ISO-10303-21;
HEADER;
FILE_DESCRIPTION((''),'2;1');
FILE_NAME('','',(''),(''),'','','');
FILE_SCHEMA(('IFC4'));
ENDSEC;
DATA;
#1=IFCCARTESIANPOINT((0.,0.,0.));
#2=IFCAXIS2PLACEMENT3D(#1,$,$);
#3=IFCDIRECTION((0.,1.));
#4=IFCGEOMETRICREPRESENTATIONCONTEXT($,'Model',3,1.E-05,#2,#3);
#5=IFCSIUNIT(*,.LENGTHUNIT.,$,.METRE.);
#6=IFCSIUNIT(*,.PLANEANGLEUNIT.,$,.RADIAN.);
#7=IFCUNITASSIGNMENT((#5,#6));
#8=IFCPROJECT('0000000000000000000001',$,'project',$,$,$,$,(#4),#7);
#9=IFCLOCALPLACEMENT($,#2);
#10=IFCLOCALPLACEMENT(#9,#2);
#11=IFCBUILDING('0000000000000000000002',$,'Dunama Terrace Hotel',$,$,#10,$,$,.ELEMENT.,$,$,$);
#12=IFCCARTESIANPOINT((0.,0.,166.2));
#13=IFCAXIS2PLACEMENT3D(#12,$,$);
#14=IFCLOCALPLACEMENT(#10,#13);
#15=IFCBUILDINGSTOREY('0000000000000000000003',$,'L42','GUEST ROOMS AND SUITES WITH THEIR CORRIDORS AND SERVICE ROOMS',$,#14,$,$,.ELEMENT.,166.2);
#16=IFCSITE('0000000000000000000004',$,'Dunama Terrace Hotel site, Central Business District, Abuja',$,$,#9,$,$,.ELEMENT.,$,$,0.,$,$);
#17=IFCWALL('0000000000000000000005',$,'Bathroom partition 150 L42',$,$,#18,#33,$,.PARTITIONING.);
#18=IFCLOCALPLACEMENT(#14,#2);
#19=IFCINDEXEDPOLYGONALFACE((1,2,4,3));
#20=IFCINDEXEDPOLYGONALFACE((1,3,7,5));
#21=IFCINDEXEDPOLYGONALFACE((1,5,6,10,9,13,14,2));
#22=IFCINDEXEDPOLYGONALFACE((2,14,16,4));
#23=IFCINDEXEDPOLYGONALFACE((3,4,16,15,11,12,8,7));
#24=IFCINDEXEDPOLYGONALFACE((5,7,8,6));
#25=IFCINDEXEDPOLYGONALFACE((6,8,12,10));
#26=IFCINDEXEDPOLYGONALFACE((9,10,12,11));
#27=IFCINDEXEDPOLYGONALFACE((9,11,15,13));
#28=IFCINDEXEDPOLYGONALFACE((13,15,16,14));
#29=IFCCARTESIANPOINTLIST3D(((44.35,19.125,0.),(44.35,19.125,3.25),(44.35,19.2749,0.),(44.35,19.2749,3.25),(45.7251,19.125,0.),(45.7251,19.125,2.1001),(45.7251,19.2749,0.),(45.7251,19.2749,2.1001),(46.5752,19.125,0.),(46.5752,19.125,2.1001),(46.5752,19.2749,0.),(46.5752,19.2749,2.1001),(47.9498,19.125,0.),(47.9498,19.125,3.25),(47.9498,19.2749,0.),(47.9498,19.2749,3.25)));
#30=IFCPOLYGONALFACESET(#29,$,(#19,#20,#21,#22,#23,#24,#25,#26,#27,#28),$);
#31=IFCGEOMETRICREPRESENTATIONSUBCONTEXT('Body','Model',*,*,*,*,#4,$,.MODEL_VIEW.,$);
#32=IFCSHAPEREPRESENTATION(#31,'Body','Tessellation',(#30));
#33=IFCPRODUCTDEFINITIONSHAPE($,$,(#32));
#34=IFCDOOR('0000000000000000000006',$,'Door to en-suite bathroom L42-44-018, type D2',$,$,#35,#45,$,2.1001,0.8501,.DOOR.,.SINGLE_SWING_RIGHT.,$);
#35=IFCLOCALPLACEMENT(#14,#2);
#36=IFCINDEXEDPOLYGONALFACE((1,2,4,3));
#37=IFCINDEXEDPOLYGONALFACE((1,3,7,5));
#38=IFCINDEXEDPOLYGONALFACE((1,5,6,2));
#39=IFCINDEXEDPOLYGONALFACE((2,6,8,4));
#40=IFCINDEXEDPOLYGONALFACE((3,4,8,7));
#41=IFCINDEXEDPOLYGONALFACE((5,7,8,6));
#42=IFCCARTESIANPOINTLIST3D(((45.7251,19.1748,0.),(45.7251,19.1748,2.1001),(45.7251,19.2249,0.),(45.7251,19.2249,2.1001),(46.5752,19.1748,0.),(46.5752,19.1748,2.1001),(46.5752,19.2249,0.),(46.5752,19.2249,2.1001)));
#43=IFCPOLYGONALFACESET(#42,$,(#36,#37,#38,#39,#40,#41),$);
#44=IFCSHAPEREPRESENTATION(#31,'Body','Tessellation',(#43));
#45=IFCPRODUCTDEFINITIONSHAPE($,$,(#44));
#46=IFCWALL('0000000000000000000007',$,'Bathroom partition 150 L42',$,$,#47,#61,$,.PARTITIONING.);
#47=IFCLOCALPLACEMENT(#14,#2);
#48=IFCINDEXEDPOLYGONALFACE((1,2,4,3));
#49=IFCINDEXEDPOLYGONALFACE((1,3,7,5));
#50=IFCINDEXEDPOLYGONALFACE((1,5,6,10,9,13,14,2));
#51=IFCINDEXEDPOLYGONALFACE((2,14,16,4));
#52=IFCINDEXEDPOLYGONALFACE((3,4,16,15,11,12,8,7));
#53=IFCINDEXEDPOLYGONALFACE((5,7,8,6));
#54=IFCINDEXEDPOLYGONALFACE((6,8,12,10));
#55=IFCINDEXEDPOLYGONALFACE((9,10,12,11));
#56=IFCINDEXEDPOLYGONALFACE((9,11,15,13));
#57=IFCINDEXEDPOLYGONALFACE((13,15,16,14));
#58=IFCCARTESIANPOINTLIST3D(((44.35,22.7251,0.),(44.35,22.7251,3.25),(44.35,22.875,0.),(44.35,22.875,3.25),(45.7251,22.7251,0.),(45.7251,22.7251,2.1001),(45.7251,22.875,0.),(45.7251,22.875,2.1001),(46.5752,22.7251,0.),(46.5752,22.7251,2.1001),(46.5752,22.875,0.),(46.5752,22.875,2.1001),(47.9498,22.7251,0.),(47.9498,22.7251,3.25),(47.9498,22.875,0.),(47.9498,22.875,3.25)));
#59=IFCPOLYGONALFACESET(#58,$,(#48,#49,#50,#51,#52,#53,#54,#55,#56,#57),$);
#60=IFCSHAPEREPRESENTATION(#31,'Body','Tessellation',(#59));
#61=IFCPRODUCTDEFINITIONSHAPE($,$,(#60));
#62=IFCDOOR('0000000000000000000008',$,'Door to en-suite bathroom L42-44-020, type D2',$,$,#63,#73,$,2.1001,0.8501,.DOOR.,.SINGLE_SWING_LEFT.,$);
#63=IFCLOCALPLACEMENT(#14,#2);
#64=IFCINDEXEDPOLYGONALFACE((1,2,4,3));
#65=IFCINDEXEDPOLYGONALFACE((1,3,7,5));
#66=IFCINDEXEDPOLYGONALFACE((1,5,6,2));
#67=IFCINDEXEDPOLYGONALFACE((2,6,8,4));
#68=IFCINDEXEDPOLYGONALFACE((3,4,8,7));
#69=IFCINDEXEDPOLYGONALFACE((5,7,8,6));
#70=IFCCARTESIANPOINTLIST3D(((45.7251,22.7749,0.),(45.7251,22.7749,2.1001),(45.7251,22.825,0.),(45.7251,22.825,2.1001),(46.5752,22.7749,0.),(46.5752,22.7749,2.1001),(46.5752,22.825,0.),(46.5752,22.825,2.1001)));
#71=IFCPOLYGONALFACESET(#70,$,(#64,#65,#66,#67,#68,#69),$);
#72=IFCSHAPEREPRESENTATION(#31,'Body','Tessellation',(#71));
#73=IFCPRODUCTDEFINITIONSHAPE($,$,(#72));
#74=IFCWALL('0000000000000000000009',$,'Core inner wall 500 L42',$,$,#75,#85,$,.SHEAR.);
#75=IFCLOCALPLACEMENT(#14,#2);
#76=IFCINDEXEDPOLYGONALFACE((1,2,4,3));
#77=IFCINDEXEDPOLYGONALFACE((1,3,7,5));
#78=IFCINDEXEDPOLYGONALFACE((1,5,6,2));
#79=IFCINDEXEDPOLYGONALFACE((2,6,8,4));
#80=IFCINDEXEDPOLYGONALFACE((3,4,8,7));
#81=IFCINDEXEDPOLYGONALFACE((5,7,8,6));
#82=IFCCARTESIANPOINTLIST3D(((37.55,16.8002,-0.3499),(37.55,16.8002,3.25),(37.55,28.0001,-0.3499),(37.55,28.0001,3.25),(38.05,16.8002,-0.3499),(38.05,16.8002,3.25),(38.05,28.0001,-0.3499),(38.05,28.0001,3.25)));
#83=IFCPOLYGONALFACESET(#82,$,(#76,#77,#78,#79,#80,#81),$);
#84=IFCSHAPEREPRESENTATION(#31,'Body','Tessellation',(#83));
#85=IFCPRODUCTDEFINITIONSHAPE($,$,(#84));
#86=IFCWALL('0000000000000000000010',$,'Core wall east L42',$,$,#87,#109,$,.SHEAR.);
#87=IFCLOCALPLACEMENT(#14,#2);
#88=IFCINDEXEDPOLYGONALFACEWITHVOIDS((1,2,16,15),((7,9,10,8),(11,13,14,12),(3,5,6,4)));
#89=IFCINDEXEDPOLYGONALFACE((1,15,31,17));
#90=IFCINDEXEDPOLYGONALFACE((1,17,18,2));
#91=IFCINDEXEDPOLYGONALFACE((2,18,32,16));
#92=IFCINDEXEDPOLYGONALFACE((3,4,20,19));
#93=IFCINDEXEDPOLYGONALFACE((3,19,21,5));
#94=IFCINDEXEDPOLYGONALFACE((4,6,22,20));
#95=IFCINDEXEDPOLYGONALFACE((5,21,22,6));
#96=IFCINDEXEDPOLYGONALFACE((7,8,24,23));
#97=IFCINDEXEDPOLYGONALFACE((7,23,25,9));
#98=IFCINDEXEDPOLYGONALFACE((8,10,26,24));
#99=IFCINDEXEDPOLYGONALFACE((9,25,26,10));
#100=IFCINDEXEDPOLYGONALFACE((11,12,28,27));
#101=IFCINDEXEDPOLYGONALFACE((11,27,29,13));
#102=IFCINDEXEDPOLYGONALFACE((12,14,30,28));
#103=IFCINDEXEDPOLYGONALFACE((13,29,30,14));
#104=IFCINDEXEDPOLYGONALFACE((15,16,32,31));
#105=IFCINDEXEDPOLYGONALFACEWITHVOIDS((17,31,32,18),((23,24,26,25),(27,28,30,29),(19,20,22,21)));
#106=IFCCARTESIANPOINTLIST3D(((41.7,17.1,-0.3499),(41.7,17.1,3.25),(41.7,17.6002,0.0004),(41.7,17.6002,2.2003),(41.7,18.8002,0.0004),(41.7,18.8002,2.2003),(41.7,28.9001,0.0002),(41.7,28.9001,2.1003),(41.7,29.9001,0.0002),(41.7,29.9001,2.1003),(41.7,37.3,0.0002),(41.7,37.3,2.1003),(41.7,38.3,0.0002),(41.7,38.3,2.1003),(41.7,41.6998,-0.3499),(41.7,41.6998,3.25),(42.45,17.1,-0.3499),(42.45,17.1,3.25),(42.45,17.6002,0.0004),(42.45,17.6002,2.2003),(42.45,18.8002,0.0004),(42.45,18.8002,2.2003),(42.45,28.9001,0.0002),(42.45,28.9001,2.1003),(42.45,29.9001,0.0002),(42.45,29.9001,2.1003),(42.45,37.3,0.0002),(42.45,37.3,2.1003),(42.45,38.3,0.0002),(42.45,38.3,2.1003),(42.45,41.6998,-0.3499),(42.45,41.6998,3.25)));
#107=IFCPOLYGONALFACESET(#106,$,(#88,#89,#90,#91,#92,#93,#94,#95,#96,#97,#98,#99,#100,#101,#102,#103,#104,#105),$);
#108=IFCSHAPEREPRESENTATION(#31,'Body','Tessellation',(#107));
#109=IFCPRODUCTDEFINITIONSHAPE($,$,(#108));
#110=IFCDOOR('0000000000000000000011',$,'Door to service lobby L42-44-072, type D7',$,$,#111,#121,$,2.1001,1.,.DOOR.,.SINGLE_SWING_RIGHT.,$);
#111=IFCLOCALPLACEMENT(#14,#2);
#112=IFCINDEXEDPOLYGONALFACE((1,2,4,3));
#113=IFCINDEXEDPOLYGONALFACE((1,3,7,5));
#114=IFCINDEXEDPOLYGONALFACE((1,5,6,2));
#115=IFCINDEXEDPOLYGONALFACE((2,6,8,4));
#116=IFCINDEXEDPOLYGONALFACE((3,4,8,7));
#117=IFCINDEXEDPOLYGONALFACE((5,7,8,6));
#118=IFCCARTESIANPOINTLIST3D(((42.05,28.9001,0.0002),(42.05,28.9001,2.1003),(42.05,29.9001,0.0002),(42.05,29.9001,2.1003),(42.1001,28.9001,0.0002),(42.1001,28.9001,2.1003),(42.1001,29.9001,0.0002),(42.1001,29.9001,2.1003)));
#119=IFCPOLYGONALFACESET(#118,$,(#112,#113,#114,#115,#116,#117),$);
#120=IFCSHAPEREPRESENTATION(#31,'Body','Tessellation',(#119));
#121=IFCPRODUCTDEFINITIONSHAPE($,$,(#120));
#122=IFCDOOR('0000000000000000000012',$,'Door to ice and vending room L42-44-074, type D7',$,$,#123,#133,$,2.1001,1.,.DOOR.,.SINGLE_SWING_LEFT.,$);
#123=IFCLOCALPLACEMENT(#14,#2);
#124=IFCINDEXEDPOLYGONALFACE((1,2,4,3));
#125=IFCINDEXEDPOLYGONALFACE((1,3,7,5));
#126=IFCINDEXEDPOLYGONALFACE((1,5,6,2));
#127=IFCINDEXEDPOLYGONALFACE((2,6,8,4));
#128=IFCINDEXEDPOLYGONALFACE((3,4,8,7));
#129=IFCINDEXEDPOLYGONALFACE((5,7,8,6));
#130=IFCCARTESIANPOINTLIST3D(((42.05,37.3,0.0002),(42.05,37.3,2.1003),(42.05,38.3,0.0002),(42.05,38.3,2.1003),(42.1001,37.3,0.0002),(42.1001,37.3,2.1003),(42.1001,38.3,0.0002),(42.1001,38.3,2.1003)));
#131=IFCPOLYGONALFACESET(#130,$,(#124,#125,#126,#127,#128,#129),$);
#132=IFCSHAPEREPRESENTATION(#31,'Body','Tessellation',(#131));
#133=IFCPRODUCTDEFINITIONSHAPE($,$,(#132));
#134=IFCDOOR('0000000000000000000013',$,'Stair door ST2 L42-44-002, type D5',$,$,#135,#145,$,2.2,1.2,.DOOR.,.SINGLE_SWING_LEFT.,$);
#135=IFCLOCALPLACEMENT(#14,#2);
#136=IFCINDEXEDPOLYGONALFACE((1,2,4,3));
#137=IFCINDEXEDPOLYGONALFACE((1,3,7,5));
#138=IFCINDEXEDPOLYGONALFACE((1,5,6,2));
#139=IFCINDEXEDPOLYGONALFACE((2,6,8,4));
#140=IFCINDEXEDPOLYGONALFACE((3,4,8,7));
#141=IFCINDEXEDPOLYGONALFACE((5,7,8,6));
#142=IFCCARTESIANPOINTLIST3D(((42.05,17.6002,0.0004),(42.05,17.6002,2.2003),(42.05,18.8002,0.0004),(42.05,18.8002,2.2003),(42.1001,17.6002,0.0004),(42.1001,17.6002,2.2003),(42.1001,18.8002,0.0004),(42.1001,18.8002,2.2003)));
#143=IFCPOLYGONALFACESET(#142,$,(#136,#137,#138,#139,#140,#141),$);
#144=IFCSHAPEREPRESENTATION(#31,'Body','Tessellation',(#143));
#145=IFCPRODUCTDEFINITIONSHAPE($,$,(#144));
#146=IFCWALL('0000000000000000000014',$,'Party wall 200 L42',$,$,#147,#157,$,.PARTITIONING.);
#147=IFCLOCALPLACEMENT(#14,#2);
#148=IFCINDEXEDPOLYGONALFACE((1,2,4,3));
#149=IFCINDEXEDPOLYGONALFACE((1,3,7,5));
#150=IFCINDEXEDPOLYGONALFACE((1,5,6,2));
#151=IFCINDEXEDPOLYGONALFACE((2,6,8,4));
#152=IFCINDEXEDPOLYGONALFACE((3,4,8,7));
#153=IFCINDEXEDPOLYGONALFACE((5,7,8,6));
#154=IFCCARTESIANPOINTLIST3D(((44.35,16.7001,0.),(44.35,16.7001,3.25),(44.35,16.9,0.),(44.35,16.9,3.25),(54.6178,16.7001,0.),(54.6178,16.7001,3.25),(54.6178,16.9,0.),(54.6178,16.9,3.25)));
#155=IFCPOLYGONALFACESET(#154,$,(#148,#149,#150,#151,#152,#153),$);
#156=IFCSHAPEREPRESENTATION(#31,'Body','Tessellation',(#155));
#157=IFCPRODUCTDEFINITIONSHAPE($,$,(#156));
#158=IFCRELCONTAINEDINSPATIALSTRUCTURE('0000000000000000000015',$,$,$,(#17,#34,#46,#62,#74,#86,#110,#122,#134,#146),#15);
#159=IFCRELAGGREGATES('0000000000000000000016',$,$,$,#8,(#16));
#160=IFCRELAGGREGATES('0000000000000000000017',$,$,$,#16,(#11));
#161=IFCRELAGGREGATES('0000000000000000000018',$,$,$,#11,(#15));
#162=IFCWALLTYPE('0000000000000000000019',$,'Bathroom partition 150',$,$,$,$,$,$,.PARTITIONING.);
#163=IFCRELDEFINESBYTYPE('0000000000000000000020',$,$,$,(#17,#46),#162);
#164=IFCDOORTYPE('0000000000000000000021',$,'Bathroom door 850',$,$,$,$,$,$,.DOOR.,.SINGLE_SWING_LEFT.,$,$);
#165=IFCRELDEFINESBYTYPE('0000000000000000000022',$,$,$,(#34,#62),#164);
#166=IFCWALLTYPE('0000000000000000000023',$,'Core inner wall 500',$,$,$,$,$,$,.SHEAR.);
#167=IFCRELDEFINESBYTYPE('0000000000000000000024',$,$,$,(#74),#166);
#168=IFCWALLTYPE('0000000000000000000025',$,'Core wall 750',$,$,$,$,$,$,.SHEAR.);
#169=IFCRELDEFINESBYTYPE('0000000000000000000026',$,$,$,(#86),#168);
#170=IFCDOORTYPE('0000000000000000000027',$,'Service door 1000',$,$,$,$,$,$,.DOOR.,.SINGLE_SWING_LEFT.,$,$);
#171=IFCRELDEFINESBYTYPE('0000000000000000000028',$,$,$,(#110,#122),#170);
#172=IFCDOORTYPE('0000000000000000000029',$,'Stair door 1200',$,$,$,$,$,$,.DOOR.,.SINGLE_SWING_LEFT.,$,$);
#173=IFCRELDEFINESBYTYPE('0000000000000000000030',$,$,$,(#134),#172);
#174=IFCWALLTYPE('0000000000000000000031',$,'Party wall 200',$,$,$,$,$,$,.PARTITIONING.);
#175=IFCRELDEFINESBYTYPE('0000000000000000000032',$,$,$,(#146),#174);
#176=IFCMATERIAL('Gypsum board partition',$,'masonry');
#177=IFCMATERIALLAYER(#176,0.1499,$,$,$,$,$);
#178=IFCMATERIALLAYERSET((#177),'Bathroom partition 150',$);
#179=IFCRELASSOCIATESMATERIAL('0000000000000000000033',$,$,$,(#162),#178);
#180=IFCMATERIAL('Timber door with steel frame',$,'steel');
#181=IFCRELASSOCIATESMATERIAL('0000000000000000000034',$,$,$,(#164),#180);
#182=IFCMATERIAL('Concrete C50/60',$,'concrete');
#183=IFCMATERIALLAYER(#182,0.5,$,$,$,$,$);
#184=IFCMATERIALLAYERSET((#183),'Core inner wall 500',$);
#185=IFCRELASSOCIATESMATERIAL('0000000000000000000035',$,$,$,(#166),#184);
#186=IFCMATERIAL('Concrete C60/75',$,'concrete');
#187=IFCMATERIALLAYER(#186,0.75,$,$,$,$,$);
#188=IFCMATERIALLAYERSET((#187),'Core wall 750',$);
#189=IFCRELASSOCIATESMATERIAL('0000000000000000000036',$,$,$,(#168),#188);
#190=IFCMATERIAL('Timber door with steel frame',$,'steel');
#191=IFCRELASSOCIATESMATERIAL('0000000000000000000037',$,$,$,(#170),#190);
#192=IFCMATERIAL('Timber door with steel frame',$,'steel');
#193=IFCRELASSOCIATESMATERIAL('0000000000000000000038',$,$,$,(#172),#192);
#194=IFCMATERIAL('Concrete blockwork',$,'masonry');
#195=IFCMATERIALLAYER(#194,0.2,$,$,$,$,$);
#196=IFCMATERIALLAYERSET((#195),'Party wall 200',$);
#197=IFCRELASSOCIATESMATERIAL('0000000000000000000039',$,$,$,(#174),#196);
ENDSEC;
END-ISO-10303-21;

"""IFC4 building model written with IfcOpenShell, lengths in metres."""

from ifc_helpers import new_model, si_unit, direction, frame, frame_2d, origin, place, context, subcontext, project, spatial, rectangle, extrude, material, layer, layer_set, type_object, element, fill, save


model = new_model("IFC4")

# Units and contexts
model_context = context("Model", 3, precision=1e-05, world=origin(), true_north=direction((0.0, 1.0)))
body_context = subcontext(model_context, "Body", "Model", "MODEL_VIEW")
ifc_project = project(units=[si_unit("LENGTHUNIT", "METRE"), si_unit("PLANEANGLEUNIT", "RADIAN")], contexts=[model_context])

# Site, building, storey
site_placement = place(None, origin())
site = spatial("IfcSite", under=ifc_project, at=site_placement, Name="Dunama Terrace Hotel site, Central Business District, Abuja", CompositionType="ELEMENT", RefElevation=0.0)
building_placement = place(site_placement, origin())
building = spatial("IfcBuilding", under=site, at=building_placement, Name="Dunama Terrace Hotel", CompositionType="ELEMENT")
storey_placement = place(building_placement, frame((0.0, 0.0, 166.2)))
storey = spatial("IfcBuildingStorey", under=building, at=storey_placement, Name="L42", Description="GUEST ROOMS AND SUITES WITH THEIR CORRIDORS AND SERVICE ROOMS", CompositionType="ELEMENT", Elevation=166.2)

# Walls, openings, doors
ifc_material_1 = material(Name="Gypsum board partition", Category="masonry")
ifc_layer_1 = layer(ifc_material_1, 0.1499)
ifc_layer_set_1 = layer_set([ifc_layer_1], Name="Bathroom partition 150")
wall_type_1 = type_object("IfcWallType", Name="Bathroom partition 150", PredefinedType="PARTITIONING", material=ifc_layer_set_1)
wall_1_placement = place(storey_placement, frame((44.3501, 19.2, 0.0), z_axis=(0.0, 0.0, 1.0), x_axis=(1.0, 0.0, 0.0)))
wall_1 = element("IfcWall", 1, at=wall_1_placement, inside=storey, type_object=wall_type_1, Name="Bathroom partition 150 L42", PredefinedType="PARTITIONING", context=body_context, shape_type="SweptSolid", body=[
    extrude(rectangle(XDim=3.5999, YDim=0.1499, at=frame_2d((1.7998, 0.0))), origin(), (0.0, 0.0, 1.0), 3.25),
])
opening_1_placement = place(wall_1_placement, frame((1.375, 0.0, 0.0)))
opening_1 = element("IfcOpeningElement", 2, at=opening_1_placement, cuts=wall_1, PredefinedType="OPENING", context=body_context, shape_type="SweptSolid", body=[
    extrude(rectangle(XDim=0.8501, YDim=2.1001, at=frame_2d((0.425, 1.05))), frame((0.0, 0.085, 0.0), z_axis=(0.0, -1.0, 0.0), x_axis=(1.0, 0.0, 0.0)), (0.0, 0.0, 1.0), 0.1699),
])
ifc_material_2 = material(Name="Timber door with steel frame", Category="steel")
door_type_1 = type_object("IfcDoorType", Name="Bathroom door 850", OperationType="SINGLE_SWING_LEFT", PredefinedType="DOOR", material=ifc_material_2)
door_1_placement = place(opening_1_placement, frame((0.8501, 0.0, 0.0), z_axis=(0.0, 0.0, 1.0), x_axis=(-1.0, 0.0, 0.0)))
door_1 = element("IfcDoor", 3, at=door_1_placement, inside=storey, type_object=door_type_1, Name="Door to en-suite bathroom L42-44-018, type D2", OperationType="SINGLE_SWING_RIGHT", OverallHeight=2.1001, OverallWidth=0.8501, PredefinedType="DOOR", context=body_context, shape_type="SweptSolid", body=[
    extrude(rectangle(XDim=0.8501, YDim=2.1001, at=frame_2d((0.425, 1.05))), frame((0.0, 0.0251, 0.0), z_axis=(0.0, -1.0, 0.0), x_axis=(1.0, 0.0, 0.0)), (0.0, 0.0, 1.0), 0.05),
])
fill(opening_1, door_1)
wall_2_placement = place(storey_placement, frame((44.3501, 22.8, 0.0), z_axis=(0.0, 0.0, 1.0), x_axis=(1.0, 0.0, 0.0)))
wall_2 = element("IfcWall", 4, at=wall_2_placement, inside=storey, type_object=wall_type_1, Name="Bathroom partition 150 L42", PredefinedType="PARTITIONING", context=body_context, shape_type="SweptSolid", body=[
    extrude(rectangle(XDim=3.5999, YDim=0.1499, at=frame_2d((1.7998, 0.0))), origin(), (0.0, 0.0, 1.0), 3.25),
])
opening_2_placement = place(wall_2_placement, frame((1.375, 0.0, 0.0)))
opening_2 = element("IfcOpeningElement", 5, at=opening_2_placement, cuts=wall_2, PredefinedType="OPENING", context=body_context, shape_type="SweptSolid", body=[
    extrude(rectangle(XDim=0.8501, YDim=2.1001, at=frame_2d((0.425, 1.05))), frame((0.0, 0.085, 0.0), z_axis=(0.0, -1.0, 0.0), x_axis=(1.0, 0.0, 0.0)), (0.0, 0.0, 1.0), 0.1699),
])
door_2_placement = place(opening_2_placement, origin())
door_2 = element("IfcDoor", 6, at=door_2_placement, inside=storey, type_object=door_type_1, Name="Door to en-suite bathroom L42-44-020, type D2", OperationType="SINGLE_SWING_LEFT", OverallHeight=2.1001, OverallWidth=0.8501, PredefinedType="DOOR", context=body_context, shape_type="SweptSolid", body=[
    extrude(rectangle(XDim=0.8501, YDim=2.1001, at=frame_2d((0.425, 1.05))), frame((0.0, 0.0249, 0.0), z_axis=(0.0, -1.0, 0.0), x_axis=(1.0, 0.0, 0.0)), (0.0, 0.0, 1.0), 0.05),
])
fill(opening_2, door_2)

# Wall
ifc_material_3 = material(Name="Concrete C50/60", Category="concrete")
ifc_layer_2 = layer(ifc_material_3, 0.5)
ifc_layer_set_2 = layer_set([ifc_layer_2], Name="Core inner wall 500")
wall_type_2 = type_object("IfcWallType", Name="Core inner wall 500", PredefinedType="SHEAR", material=ifc_layer_set_2)
wall_3_placement = place(storey_placement, frame((37.8, 16.8, -0.3499), z_axis=(0.0, 0.0, 1.0), x_axis=(0.0, 1.0, 0.0)))
element("IfcWall", 7, at=wall_3_placement, inside=storey, type_object=wall_type_2, Name="Core inner wall 500 L42", PredefinedType="SHEAR", context=body_context, shape_type="SweptSolid", body=[
    extrude(rectangle(XDim=11.2, YDim=0.5, at=frame_2d((5.6001, 0.0))), origin(), (0.0, 0.0, 1.0), 3.5999),
])

# Wall, openings, doors
ifc_material_4 = material(Name="Concrete C60/75", Category="concrete")
ifc_layer_3 = layer(ifc_material_4, 0.75)
ifc_layer_set_3 = layer_set([ifc_layer_3], Name="Core wall 750")
wall_type_3 = type_object("IfcWallType", Name="Core wall 750", PredefinedType="SHEAR", material=ifc_layer_set_3)
wall_4_placement = place(storey_placement, frame((42.075, 17.1001, -0.3499), z_axis=(0.0, 0.0, 1.0), x_axis=(0.0, 1.0, 0.0)))
wall_4 = element("IfcWall", 8, at=wall_4_placement, inside=storey, type_object=wall_type_3, Name="Core wall east L42", PredefinedType="SHEAR", context=body_context, shape_type="SweptSolid", body=[
    extrude(rectangle(XDim=24.5999, YDim=0.75, at=frame_2d((12.2998, 0.0))), origin(), (0.0, 0.0, 1.0), 3.5999),
])
opening_3_placement = place(wall_4_placement, frame((0.5, 0.0, 0.3501)))
opening_3 = element("IfcOpeningElement", 9, at=opening_3_placement, cuts=wall_4, PredefinedType="OPENING", context=body_context, shape_type="SweptSolid", body=[
    extrude(rectangle(XDim=1.2, YDim=2.2, at=frame_2d((0.6001, 1.1001))), frame((0.0, 0.385, 0.0), z_axis=(0.0, -1.0, 0.0), x_axis=(1.0, 0.0, 0.0)), (0.0, 0.0, 1.0), 0.77),
])
opening_4_placement = place(wall_4_placement, frame((11.8, 0.0, 0.3501)))
opening_4 = element("IfcOpeningElement", 10, at=opening_4_placement, cuts=wall_4, PredefinedType="OPENING", context=body_context, shape_type="SweptSolid", body=[
    extrude(rectangle(XDim=1.0, YDim=2.1001, at=frame_2d((0.5, 1.05))), frame((0.0, 0.385, 0.0), z_axis=(0.0, -1.0, 0.0), x_axis=(1.0, 0.0, 0.0)), (0.0, 0.0, 1.0), 0.77),
])
opening_5_placement = place(wall_4_placement, frame((20.2, 0.0, 0.3501)))
opening_5 = element("IfcOpeningElement", 11, at=opening_5_placement, cuts=wall_4, PredefinedType="OPENING", context=body_context, shape_type="SweptSolid", body=[
    extrude(rectangle(XDim=1.0, YDim=2.1001, at=frame_2d((0.5, 1.05))), frame((0.0, 0.385, 0.0), z_axis=(0.0, -1.0, 0.0), x_axis=(1.0, 0.0, 0.0)), (0.0, 0.0, 1.0), 0.77),
])
ifc_material_5 = material(Name="Timber door with steel frame", Category="steel")
door_type_2 = type_object("IfcDoorType", Name="Service door 1000", OperationType="SINGLE_SWING_LEFT", PredefinedType="DOOR", material=ifc_material_5)
door_3_placement = place(opening_4_placement, origin())
door_3 = element("IfcDoor", 12, at=door_3_placement, inside=storey, type_object=door_type_2, Name="Door to service lobby L42-44-072, type D7", OperationType="SINGLE_SWING_RIGHT", OverallHeight=2.1001, OverallWidth=1.0, PredefinedType="DOOR", context=body_context, shape_type="SweptSolid", body=[
    extrude(rectangle(XDim=1.0, YDim=2.1001, at=frame_2d((0.5, 1.05))), frame((0.0, 0.0249, 0.0), z_axis=(0.0, -1.0, 0.0), x_axis=(1.0, 0.0, 0.0)), (0.0, 0.0, 1.0), 0.05),
])
fill(opening_4, door_3)
door_4_placement = place(opening_5_placement, origin())
door_4 = element("IfcDoor", 13, at=door_4_placement, inside=storey, type_object=door_type_2, Name="Door to ice and vending room L42-44-074, type D7", OperationType="SINGLE_SWING_LEFT", OverallHeight=2.1001, OverallWidth=1.0, PredefinedType="DOOR", context=body_context, shape_type="SweptSolid", body=[
    extrude(rectangle(XDim=1.0, YDim=2.1001, at=frame_2d((0.5, 1.05))), frame((0.0, 0.0249, 0.0), z_axis=(0.0, -1.0, 0.0), x_axis=(1.0, 0.0, 0.0)), (0.0, 0.0, 1.0), 0.05),
])
fill(opening_5, door_4)
ifc_material_6 = material(Name="Timber door with steel frame", Category="steel")
door_type_3 = type_object("IfcDoorType", Name="Stair door 1200", OperationType="SINGLE_SWING_LEFT", PredefinedType="DOOR", material=ifc_material_6)
door_5_placement = place(opening_3_placement, origin())
door_5 = element("IfcDoor", 14, at=door_5_placement, inside=storey, type_object=door_type_3, Name="Stair door ST2 L42-44-002, type D5", OperationType="SINGLE_SWING_LEFT", OverallHeight=2.2, OverallWidth=1.2, PredefinedType="DOOR", context=body_context, shape_type="SweptSolid", body=[
    extrude(rectangle(XDim=1.2, YDim=2.2, at=frame_2d((0.6001, 1.1001))), frame((0.0, 0.0249, 0.0), z_axis=(0.0, -1.0, 0.0), x_axis=(1.0, 0.0, 0.0)), (0.0, 0.0, 1.0), 0.05),
])
fill(opening_3, door_5)

# Wall
ifc_material_7 = material(Name="Concrete blockwork", Category="masonry")
ifc_layer_4 = layer(ifc_material_7, 0.2)
ifc_layer_set_4 = layer_set([ifc_layer_4], Name="Party wall 200")
wall_type_4 = type_object("IfcWallType", Name="Party wall 200", PredefinedType="PARTITIONING", material=ifc_layer_set_4)
for number, where, z_axis, x_axis, name in (
    (15, (44.3501, 16.8, 0.0), (0.0, 0.0, 1.0), (1.0, 0.0, 0.0), "Party wall 200 L42"),
):
    element("IfcWall", number, at=place(storey_placement, frame(where, z_axis=z_axis, x_axis=x_axis)), inside=storey, type_object=wall_type_4, Name=name, PredefinedType="PARTITIONING", context=body_context, shape_type="SweptSolid", body=[
        extrude(rectangle(XDim=10.2678, YDim=0.2, at=frame_2d((5.1338, 0.0))), origin(), (0.0, 0.0, 1.0), 3.25),
    ])

save(model, "model.ifc")
